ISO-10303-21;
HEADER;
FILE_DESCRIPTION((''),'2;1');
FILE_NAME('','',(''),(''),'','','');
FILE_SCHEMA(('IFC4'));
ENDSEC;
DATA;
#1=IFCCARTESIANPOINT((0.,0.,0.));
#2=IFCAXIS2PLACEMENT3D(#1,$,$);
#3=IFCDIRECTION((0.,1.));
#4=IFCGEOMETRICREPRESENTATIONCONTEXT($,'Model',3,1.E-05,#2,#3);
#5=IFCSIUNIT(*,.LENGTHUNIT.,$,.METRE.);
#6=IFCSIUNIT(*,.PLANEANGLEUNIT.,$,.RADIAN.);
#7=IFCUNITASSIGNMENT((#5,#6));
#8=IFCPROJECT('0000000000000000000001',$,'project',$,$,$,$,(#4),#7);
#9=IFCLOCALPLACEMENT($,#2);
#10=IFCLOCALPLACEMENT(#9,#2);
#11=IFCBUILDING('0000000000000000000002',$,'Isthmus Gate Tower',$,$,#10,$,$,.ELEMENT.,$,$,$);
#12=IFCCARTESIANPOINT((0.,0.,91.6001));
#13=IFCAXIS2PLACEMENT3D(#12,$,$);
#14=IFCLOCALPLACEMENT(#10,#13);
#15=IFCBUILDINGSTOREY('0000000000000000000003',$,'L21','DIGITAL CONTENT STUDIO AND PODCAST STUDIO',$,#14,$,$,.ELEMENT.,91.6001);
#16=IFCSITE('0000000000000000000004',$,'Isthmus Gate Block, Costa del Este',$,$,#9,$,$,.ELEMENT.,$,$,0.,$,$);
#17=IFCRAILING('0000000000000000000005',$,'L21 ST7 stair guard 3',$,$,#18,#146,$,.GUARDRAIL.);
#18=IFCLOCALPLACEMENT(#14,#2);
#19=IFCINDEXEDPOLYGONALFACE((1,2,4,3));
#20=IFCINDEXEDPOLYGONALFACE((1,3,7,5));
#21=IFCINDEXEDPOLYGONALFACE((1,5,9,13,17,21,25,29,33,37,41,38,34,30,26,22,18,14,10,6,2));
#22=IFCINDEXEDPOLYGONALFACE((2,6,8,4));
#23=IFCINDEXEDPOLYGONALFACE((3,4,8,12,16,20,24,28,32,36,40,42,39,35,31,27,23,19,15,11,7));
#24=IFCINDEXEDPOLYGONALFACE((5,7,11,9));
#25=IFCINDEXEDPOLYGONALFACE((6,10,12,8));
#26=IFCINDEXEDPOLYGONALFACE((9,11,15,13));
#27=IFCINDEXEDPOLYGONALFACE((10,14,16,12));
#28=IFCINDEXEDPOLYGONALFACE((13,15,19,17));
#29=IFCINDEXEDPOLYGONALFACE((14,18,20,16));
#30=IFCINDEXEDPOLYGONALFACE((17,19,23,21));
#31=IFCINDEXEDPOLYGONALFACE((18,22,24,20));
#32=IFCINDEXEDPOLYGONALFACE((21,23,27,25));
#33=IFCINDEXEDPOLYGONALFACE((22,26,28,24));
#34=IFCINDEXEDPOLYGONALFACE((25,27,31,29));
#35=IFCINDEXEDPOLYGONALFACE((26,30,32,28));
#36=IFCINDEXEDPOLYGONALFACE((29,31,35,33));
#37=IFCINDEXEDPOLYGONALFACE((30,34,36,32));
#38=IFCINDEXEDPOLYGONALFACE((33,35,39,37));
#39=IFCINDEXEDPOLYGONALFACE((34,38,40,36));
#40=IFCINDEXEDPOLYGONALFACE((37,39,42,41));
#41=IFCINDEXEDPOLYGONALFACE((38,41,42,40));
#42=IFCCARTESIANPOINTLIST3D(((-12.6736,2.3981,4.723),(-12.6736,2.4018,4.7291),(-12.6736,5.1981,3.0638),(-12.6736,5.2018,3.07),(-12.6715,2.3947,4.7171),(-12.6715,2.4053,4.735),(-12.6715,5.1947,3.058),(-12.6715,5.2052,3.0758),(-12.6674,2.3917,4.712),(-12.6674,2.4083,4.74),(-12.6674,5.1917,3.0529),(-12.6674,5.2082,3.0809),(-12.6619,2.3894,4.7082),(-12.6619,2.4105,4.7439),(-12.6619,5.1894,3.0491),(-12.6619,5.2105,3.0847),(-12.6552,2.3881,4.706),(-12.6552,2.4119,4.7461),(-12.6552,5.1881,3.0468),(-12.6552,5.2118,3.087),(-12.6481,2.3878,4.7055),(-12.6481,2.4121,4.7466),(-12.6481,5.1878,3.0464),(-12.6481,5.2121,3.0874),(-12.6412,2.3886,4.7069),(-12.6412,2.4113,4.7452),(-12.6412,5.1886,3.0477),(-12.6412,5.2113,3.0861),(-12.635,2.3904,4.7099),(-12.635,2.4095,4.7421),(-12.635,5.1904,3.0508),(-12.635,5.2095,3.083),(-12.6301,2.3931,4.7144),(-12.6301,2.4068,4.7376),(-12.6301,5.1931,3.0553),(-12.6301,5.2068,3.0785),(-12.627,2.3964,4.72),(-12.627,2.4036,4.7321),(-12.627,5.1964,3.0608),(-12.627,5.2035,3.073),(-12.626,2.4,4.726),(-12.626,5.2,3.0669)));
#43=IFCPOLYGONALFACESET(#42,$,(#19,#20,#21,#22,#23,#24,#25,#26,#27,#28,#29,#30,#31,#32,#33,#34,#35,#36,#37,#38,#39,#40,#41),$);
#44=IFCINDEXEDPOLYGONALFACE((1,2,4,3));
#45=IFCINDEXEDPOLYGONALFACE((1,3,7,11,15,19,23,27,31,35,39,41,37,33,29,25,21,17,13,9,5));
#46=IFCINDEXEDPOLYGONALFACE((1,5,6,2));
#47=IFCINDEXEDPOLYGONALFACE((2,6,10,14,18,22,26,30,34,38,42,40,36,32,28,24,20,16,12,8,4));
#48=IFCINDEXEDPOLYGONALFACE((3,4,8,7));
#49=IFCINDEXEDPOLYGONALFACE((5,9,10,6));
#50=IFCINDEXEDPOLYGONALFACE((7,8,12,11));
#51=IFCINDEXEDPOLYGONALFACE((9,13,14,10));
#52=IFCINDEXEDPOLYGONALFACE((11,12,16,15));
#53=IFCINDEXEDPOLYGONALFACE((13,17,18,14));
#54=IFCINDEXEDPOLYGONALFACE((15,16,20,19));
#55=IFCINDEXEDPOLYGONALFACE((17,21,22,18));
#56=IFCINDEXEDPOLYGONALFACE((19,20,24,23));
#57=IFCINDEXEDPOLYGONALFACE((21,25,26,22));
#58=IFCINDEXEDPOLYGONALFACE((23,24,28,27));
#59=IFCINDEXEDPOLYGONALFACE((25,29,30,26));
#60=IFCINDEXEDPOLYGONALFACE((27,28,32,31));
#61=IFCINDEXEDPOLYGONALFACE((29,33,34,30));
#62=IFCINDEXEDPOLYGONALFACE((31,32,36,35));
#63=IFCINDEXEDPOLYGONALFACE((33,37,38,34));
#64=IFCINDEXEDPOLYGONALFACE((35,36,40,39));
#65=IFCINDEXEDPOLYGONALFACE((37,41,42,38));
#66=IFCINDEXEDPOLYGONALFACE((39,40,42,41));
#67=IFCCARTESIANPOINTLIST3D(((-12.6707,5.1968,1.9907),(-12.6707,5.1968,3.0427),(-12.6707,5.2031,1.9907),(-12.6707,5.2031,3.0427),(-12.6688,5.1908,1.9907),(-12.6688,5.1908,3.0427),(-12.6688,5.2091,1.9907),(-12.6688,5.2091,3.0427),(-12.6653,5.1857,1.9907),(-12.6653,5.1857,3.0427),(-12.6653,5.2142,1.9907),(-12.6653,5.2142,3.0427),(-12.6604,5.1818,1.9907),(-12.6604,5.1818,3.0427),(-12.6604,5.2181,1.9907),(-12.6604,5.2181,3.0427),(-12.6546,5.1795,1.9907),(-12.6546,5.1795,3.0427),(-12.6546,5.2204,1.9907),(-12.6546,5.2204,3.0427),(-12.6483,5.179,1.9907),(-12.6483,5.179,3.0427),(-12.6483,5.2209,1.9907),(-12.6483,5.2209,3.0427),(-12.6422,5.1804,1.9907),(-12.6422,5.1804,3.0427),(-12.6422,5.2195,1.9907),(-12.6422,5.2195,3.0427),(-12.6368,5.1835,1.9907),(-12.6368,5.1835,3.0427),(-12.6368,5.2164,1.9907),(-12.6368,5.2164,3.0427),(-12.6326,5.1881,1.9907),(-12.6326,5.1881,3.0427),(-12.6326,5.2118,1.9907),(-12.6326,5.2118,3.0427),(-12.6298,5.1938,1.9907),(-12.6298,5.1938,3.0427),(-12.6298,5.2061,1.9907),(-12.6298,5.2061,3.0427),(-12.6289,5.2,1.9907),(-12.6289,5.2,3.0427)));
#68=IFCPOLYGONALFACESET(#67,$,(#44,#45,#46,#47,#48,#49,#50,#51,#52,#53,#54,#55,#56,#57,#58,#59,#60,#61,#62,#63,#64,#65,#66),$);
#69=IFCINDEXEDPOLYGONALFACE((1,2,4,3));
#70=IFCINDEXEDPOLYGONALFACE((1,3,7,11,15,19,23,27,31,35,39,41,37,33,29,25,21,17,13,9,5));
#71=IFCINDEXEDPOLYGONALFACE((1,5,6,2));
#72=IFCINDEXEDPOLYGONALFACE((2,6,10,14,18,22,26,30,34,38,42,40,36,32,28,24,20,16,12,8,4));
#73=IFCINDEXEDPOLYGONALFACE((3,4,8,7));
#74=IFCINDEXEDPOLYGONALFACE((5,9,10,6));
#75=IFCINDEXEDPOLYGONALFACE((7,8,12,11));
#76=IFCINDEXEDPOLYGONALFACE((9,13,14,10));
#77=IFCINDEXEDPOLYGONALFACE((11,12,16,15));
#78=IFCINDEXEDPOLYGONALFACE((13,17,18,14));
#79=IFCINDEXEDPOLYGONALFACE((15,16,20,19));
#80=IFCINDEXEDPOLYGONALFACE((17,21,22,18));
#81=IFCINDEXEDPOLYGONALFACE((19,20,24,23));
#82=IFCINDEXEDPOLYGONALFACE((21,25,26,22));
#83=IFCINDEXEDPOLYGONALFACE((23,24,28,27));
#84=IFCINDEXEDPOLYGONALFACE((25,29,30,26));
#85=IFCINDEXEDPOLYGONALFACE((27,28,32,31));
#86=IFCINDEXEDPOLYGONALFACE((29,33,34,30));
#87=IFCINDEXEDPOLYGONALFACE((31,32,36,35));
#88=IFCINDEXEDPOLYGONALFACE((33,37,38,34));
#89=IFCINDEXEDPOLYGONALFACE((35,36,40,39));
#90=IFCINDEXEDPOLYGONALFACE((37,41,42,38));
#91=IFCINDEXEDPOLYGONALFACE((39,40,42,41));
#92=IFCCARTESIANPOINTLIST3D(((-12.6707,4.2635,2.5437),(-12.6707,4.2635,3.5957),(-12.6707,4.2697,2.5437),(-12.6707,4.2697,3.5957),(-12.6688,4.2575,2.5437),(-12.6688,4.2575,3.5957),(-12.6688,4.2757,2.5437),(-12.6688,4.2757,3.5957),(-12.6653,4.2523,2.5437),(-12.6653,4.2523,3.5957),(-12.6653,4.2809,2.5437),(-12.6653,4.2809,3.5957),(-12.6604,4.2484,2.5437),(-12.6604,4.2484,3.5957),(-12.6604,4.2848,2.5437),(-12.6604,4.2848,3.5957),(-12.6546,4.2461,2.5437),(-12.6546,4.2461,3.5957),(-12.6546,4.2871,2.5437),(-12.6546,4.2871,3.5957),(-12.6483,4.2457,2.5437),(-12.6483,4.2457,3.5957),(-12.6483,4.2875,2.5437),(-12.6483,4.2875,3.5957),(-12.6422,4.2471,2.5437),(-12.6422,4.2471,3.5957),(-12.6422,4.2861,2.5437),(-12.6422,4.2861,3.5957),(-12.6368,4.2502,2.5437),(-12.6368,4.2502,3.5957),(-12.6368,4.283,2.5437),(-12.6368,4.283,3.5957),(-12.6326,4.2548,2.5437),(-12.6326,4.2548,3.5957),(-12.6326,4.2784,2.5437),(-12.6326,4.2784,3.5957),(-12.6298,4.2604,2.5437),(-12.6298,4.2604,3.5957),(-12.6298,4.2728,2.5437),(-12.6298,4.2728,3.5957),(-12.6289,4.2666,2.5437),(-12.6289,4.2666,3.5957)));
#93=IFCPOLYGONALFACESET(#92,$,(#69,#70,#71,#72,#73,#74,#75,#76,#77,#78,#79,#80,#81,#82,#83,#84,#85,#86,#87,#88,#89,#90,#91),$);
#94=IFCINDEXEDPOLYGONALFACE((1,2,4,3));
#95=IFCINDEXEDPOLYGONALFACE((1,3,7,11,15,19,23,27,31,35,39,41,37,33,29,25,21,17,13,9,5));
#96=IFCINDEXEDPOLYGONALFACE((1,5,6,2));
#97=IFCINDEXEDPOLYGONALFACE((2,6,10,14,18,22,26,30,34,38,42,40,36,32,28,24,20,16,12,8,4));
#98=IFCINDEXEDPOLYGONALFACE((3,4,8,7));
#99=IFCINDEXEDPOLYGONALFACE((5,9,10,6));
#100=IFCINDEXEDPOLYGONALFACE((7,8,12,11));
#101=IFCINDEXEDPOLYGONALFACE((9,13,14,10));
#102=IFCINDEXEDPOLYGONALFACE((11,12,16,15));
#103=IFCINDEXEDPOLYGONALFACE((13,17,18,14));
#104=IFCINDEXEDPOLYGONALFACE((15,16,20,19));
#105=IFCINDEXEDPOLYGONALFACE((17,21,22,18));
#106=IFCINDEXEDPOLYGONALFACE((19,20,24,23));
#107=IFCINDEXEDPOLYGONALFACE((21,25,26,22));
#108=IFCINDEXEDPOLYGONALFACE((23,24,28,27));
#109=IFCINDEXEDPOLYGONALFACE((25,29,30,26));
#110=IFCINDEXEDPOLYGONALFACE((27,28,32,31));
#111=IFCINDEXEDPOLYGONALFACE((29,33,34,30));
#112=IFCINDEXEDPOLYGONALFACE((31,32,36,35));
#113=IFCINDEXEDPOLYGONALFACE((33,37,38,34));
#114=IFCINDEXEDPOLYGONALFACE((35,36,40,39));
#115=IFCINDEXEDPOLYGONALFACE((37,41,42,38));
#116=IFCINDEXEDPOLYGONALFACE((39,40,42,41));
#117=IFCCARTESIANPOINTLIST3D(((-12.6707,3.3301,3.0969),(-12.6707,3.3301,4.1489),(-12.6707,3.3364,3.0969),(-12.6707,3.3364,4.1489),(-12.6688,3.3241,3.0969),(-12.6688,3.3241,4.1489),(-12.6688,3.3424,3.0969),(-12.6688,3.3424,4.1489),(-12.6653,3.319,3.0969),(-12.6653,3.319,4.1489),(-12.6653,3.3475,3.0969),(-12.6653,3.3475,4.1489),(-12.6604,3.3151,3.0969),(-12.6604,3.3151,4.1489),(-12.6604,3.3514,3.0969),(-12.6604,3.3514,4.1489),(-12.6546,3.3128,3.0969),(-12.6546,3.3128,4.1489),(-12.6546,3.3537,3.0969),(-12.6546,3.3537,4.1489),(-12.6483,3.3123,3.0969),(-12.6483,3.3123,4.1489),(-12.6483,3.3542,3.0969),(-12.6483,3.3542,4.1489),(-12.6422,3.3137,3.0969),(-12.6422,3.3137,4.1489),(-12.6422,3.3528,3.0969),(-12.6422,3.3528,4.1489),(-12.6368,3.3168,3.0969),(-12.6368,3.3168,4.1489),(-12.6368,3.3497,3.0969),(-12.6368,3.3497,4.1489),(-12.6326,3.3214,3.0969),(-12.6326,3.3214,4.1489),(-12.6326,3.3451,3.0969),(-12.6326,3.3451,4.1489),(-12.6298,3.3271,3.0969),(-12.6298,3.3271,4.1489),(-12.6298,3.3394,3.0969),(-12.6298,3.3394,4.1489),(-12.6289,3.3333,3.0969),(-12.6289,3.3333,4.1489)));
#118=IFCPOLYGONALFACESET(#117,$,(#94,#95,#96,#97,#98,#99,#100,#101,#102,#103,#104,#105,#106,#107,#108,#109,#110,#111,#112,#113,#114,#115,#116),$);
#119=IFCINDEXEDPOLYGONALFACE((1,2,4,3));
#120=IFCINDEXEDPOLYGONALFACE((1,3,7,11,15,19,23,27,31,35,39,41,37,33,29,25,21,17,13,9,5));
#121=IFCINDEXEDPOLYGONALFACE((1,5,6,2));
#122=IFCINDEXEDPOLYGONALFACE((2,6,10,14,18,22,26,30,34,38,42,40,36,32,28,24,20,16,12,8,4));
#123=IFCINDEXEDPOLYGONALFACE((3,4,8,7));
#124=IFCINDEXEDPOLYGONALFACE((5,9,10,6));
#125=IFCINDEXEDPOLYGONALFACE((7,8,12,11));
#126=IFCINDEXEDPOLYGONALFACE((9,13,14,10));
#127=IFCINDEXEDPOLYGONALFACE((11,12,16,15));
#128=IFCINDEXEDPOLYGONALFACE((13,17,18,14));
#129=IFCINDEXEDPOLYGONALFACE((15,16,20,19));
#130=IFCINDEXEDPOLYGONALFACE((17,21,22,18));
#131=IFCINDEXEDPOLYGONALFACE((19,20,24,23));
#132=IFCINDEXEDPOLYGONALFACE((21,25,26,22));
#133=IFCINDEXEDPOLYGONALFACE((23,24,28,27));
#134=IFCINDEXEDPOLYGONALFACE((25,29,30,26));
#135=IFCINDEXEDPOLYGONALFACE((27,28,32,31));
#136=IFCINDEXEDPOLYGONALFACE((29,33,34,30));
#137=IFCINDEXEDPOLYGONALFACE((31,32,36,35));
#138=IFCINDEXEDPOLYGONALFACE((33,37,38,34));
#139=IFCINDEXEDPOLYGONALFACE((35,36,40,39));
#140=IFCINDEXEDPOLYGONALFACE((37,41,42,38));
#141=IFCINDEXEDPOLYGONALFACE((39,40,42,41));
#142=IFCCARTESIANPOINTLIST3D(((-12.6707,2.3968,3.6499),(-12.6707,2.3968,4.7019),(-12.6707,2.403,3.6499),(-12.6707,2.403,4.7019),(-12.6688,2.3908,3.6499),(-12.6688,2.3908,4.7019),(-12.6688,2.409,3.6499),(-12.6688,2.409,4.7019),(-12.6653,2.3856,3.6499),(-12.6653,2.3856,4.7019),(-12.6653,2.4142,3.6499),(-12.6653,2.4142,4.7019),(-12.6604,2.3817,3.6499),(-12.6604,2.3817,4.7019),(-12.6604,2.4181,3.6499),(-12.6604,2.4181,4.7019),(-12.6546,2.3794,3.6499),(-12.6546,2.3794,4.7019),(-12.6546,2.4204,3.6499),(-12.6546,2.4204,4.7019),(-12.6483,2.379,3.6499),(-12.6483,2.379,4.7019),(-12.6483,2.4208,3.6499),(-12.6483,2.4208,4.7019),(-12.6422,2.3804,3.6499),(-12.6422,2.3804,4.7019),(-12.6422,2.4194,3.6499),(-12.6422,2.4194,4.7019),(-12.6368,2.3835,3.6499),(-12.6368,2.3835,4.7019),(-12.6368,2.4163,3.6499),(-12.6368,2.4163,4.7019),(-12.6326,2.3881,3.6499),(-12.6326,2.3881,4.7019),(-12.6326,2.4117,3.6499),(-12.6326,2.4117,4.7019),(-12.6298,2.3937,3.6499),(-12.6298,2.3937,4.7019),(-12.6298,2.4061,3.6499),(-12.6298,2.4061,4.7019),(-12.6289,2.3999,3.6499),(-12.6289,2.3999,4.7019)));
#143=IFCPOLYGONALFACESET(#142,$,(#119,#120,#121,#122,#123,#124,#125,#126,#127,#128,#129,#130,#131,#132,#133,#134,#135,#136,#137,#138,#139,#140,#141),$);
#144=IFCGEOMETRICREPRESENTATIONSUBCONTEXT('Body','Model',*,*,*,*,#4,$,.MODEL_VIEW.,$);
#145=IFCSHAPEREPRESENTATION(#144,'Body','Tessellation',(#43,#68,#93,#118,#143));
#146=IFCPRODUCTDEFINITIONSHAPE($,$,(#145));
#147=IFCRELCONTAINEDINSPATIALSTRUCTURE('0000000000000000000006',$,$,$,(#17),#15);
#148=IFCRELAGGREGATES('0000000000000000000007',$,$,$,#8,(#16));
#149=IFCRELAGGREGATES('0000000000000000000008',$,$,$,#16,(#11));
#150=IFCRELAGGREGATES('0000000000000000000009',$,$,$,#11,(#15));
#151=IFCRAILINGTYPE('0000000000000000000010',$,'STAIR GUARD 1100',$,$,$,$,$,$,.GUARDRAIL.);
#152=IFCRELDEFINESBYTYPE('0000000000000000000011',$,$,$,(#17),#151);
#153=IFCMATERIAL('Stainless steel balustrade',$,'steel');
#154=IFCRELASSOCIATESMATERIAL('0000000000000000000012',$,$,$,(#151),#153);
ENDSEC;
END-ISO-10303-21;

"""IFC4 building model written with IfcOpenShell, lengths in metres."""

from ifc_helpers import new_model, si_unit, direction, frame, origin, origin_2d, place, context, subcontext, project, spatial, circle, extrude, material, type_object, element, save


model = new_model("IFC4")

# Units and contexts
model_context = context("Model", 3, precision=1e-05, world=origin(), true_north=direction((0.0, 1.0)))
body_context = subcontext(model_context, "Body", "Model", "MODEL_VIEW")
ifc_project = project(units=[si_unit("LENGTHUNIT", "METRE"), si_unit("PLANEANGLEUNIT", "RADIAN")], contexts=[model_context])

# Site, building, storey
site_placement = place(None, origin())
site = spatial("IfcSite", under=ifc_project, at=site_placement, Name="Isthmus Gate Block, Costa del Este", CompositionType="ELEMENT", RefElevation=0.0)
building_placement = place(site_placement, origin())
building = spatial("IfcBuilding", under=site, at=building_placement, Name="Isthmus Gate Tower", CompositionType="ELEMENT")
storey_placement = place(building_placement, frame((0.0, 0.0, 91.6001)))
storey = spatial("IfcBuildingStorey", under=building, at=storey_placement, Name="L21", Description="DIGITAL CONTENT STUDIO AND PODCAST STUDIO", CompositionType="ELEMENT", Elevation=91.6001)

# Railing
ifc_material_1 = material(Name="Stainless steel balustrade", Category="steel")
railing_type_1 = type_object("IfcRailingType", Name="STAIR GUARD 1100", PredefinedType="GUARDRAIL", material=ifc_material_1)
railing_1_placement = place(storey_placement, frame((-12.6499, 5.2, 1.9907)))
element("IfcRailing", 1, at=railing_1_placement, inside=storey, type_object=railing_type_1, Name="L21 ST7 stair guard 3", PredefinedType="GUARDRAIL", context=body_context, shape_type="SweptSolid", body=[
    extrude(circle(Radius=0.0239, at=origin_2d()), frame((0.0, 0.0, 1.0762), z_axis=(0.0, -0.860306, 0.509778), x_axis=(1.0, 0.0, 0.0)), (0.0, 0.0, 1.0), 3.2546),
    extrude(circle(Radius=0.021, at=origin_2d()), origin(), (0.0, 0.0, 1.0), 1.052),
    extrude(circle(Radius=0.021, at=origin_2d()), frame((0.0, -0.9333, 0.553)), (0.0, 0.0, 1.0), 1.052),
    extrude(circle(Radius=0.021, at=origin_2d()), frame((0.0, -1.8667, 1.1062)), (0.0, 0.0, 1.0), 1.052),
    extrude(circle(Radius=0.021, at=origin_2d()), frame((0.0, -2.8, 1.6592)), (0.0, 0.0, 1.0), 1.052),
])

save(model, "model.ifc")
